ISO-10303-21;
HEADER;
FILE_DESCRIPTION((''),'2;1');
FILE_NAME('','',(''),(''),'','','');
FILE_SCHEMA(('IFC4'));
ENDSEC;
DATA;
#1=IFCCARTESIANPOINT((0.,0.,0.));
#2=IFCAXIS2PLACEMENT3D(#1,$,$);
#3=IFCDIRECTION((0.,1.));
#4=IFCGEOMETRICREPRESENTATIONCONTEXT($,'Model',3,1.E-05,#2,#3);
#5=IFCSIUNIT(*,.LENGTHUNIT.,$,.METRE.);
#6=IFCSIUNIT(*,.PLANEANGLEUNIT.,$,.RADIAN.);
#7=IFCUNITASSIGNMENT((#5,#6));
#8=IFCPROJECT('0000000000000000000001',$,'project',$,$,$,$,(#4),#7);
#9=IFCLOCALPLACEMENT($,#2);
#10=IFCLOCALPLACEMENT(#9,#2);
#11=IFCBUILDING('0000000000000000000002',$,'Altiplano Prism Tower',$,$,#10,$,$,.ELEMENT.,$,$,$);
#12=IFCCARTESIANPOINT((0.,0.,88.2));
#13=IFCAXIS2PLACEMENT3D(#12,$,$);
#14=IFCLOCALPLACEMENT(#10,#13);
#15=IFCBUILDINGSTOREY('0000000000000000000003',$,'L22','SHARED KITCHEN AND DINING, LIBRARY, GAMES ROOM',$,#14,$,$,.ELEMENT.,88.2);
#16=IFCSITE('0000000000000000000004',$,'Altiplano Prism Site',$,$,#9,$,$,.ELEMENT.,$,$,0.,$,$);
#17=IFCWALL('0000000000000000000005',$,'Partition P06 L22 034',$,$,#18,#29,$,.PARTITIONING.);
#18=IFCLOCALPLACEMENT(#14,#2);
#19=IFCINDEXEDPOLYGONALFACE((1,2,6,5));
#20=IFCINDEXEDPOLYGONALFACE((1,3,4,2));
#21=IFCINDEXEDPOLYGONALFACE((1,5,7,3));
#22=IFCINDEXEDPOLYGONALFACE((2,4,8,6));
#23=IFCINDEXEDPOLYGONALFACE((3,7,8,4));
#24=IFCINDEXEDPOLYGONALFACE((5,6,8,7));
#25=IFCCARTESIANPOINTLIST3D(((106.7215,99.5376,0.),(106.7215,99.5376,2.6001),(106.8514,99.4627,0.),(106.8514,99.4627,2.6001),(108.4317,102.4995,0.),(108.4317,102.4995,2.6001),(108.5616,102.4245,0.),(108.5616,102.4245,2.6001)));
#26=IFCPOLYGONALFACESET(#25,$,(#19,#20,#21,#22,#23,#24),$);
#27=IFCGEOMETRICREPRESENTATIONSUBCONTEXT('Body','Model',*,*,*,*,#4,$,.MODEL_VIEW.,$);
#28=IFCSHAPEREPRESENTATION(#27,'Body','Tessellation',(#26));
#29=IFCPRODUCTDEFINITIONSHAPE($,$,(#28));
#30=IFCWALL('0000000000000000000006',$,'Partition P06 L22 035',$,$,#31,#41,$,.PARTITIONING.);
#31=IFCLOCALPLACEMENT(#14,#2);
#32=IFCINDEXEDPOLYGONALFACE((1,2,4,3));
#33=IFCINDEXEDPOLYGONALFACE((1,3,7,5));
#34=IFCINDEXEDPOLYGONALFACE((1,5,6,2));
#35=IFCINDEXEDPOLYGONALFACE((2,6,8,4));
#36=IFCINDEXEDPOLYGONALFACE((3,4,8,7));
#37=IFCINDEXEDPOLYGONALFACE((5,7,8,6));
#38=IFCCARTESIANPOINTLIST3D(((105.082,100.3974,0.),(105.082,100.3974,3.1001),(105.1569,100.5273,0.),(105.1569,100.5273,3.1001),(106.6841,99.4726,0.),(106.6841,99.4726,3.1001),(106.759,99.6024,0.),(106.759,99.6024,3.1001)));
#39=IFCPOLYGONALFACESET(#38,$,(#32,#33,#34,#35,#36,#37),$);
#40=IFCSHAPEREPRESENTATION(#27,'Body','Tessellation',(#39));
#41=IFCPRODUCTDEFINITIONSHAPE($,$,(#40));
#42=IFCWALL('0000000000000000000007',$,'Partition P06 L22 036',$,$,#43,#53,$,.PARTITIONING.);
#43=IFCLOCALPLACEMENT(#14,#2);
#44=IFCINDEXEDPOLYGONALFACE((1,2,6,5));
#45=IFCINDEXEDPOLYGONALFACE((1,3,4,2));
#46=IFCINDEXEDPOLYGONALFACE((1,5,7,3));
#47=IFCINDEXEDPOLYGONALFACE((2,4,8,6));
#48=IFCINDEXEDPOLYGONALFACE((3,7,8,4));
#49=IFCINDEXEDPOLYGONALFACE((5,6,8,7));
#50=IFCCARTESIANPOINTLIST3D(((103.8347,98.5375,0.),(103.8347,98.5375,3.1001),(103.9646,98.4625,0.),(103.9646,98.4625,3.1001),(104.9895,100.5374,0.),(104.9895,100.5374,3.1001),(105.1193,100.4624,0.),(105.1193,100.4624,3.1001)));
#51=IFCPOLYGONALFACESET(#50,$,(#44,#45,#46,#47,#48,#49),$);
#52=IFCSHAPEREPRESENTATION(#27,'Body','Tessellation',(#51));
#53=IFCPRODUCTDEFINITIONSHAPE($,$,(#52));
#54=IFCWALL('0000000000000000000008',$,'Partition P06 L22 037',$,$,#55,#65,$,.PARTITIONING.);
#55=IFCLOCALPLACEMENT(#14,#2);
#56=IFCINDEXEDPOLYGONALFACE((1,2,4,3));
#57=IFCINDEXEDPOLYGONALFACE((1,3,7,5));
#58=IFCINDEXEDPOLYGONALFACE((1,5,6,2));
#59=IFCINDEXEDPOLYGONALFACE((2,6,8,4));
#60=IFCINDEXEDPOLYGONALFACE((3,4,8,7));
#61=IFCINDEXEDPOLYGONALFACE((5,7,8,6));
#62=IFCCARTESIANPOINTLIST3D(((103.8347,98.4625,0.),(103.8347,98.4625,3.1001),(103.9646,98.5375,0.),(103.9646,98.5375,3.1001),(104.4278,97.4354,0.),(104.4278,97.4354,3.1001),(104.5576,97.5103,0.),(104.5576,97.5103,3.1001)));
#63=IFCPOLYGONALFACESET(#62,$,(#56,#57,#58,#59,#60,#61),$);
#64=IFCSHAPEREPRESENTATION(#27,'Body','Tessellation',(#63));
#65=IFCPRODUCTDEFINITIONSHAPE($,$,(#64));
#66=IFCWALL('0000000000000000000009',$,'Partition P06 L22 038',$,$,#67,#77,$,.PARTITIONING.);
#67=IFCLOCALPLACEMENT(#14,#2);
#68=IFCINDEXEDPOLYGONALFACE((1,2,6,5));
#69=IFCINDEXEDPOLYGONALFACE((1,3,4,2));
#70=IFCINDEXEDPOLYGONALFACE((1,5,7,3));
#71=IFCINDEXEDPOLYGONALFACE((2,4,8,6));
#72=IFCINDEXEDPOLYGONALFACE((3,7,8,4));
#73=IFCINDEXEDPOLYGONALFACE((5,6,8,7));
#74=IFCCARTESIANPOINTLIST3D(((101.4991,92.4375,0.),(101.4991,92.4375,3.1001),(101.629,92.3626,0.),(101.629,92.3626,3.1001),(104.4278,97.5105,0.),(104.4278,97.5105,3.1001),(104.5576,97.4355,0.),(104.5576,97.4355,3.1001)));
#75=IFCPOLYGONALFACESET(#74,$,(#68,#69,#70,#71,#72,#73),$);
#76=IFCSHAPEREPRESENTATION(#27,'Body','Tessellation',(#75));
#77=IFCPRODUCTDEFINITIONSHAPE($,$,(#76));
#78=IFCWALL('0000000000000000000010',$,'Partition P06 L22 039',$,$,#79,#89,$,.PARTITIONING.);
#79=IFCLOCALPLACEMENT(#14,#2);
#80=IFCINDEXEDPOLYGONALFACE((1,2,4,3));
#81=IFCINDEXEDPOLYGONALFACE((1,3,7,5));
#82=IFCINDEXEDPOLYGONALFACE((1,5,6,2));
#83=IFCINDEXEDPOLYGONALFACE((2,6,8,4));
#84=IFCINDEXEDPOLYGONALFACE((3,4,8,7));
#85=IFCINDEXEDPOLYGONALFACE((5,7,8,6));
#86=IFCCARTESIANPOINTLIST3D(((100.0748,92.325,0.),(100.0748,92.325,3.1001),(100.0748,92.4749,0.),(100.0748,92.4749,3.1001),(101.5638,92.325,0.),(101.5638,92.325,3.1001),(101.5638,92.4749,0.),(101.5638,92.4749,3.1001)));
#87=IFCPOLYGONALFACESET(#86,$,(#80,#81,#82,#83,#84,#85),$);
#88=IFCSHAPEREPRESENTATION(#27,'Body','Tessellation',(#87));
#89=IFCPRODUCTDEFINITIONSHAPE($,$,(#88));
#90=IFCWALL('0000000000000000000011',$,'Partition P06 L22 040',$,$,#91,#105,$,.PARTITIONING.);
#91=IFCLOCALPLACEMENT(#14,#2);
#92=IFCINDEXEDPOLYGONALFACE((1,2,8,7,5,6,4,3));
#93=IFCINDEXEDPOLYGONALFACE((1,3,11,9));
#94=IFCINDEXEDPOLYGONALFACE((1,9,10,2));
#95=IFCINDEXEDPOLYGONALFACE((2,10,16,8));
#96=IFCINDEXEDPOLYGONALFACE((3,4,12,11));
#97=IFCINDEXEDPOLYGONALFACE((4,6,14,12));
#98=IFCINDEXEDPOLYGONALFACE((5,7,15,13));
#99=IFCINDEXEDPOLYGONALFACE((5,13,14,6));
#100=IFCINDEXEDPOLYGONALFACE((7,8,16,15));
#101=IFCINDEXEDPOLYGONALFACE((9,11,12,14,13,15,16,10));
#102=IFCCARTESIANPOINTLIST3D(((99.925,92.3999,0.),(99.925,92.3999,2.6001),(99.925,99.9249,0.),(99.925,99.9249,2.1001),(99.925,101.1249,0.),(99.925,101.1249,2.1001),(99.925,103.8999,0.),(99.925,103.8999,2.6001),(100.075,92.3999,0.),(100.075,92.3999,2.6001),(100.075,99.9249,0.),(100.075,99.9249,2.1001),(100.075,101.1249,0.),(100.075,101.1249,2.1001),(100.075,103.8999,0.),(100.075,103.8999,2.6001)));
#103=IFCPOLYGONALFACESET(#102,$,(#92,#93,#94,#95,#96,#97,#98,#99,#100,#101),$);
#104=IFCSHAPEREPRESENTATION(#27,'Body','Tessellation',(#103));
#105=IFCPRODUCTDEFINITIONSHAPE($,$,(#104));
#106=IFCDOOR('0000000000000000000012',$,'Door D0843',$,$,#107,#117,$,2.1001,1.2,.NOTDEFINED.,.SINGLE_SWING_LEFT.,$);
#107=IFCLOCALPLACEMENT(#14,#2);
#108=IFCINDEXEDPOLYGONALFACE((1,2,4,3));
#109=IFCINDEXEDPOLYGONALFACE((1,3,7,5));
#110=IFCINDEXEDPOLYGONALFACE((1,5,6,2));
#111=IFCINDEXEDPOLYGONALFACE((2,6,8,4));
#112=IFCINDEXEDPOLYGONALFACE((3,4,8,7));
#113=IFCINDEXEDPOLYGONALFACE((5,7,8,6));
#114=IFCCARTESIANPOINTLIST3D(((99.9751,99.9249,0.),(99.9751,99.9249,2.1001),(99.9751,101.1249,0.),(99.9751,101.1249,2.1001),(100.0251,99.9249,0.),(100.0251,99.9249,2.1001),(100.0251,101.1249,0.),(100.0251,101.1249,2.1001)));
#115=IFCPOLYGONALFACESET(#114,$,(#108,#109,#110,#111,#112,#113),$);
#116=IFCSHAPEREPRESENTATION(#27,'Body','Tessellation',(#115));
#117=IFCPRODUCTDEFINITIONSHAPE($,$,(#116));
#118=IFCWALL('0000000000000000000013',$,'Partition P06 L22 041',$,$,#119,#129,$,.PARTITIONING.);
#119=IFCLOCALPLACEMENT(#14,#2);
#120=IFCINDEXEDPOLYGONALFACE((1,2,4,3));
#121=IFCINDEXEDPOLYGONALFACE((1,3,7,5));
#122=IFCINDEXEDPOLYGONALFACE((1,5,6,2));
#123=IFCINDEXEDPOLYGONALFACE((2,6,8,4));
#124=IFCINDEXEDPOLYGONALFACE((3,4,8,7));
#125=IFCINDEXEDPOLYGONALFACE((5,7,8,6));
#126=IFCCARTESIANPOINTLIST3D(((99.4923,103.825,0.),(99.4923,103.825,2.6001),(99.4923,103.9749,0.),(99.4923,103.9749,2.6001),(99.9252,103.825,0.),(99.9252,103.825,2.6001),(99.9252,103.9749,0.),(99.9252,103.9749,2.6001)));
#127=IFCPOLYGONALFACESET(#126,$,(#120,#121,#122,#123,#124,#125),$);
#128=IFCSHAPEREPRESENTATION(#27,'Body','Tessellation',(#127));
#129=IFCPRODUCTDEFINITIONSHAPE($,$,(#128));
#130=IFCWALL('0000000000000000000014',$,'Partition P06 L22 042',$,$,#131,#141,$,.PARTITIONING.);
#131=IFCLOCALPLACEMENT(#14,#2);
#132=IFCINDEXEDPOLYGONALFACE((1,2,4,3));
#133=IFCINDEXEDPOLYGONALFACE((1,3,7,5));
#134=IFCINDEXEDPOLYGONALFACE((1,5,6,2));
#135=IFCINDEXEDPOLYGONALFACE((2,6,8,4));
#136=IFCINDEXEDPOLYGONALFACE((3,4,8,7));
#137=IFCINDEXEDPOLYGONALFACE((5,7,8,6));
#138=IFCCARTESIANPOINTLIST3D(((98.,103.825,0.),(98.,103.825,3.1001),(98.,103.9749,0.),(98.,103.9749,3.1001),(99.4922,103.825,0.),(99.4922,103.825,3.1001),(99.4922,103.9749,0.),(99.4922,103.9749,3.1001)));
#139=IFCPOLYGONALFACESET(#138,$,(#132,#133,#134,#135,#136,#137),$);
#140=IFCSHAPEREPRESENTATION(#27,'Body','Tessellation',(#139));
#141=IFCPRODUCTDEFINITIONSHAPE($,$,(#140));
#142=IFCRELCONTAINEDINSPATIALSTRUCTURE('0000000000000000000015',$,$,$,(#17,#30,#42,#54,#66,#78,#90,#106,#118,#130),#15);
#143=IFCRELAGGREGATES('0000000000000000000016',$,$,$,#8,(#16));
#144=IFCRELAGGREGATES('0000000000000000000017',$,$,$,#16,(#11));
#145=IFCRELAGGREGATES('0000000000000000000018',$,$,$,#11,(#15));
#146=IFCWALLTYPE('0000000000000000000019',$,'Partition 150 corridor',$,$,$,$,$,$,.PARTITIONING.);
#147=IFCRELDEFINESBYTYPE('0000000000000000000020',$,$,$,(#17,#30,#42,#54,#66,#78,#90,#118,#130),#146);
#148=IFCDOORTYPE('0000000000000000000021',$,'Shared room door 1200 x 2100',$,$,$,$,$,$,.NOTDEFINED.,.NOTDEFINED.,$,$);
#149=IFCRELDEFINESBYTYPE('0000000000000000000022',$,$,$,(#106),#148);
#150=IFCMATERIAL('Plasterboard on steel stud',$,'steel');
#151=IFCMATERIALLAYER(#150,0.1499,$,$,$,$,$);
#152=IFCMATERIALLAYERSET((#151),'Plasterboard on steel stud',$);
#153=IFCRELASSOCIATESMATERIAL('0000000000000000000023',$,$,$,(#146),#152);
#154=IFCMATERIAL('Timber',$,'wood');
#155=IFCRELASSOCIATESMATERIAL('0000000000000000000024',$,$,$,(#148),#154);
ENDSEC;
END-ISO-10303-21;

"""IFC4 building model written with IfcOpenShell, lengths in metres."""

from ifc_helpers import new_model, si_unit, direction, frame, frame_2d, origin, place, context, subcontext, project, spatial, rectangle, extrude, material, layer, layer_set, type_object, element, fill, save


model = new_model("IFC4")

# Units and contexts
model_context = context("Model", 3, precision=1e-05, world=origin(), true_north=direction((0.0, 1.0)))
body_context = subcontext(model_context, "Body", "Model", "MODEL_VIEW")
ifc_project = project(units=[si_unit("LENGTHUNIT", "METRE"), si_unit("PLANEANGLEUNIT", "RADIAN")], contexts=[model_context])

# Site, building, storey
site_placement = place(None, origin())
site = spatial("IfcSite", under=ifc_project, at=site_placement, Name="Altiplano Prism Site", CompositionType="ELEMENT", RefElevation=0.0)
building_placement = place(site_placement, origin())
building = spatial("IfcBuilding", under=site, at=building_placement, Name="Altiplano Prism Tower", CompositionType="ELEMENT")
storey_placement = place(building_placement, frame((0.0, 0.0, 88.2)))
storey = spatial("IfcBuildingStorey", under=building, at=storey_placement, Name="L22", Description="SHARED KITCHEN AND DINING, LIBRARY, GAMES ROOM", CompositionType="ELEMENT", Elevation=88.2)

# Shared definitions
ifc_material_1 = material(Name="Plasterboard on steel stud", Category="steel")
ifc_layer_1 = layer(ifc_material_1, 0.1499)
ifc_layer_set_1 = layer_set([ifc_layer_1], Name="Plasterboard on steel stud")
wall_type_1 = type_object("IfcWallType", Name="Partition 150 corridor", PredefinedType="PARTITIONING", material=ifc_layer_set_1)

# Shared definitions
ifc_material_2 = material(Name="Timber", Category="wood")
door_type = type_object("IfcDoorType", Name="Shared room door 1200 x 2100", OperationType="NOTDEFINED", PredefinedType="NOTDEFINED", material=ifc_material_2)

# Walls
wall_1_placement = place(storey_placement, frame((108.4966, 102.4619, 0.0), z_axis=(0.0, 0.0, 1.0), x_axis=(-0.500031, -0.866007, 0.0)))
element("IfcWall", 1, at=wall_1_placement, inside=storey, type_object=wall_type_1, Name="Partition P06 L22 034", PredefinedType="PARTITIONING", context=body_context, shape_type="SweptSolid", body=[
    extrude(rectangle(XDim=3.4202, YDim=0.1499, at=frame_2d((1.71, 0.0))), origin(), (0.0, 0.0, 1.0), 2.6001),
])
wall_2_placement = place(storey_placement, frame((106.7214, 99.5376, 0.0), z_axis=(0.0, 0.0, 1.0), x_axis=(-0.866058, 0.499943, 0.0)))
element("IfcWall", 2, at=wall_2_placement, inside=storey, type_object=wall_type_1, Name="Partition P06 L22 035", PredefinedType="PARTITIONING", context=body_context, shape_type="SweptSolid", body=[
    extrude(rectangle(XDim=1.8499, YDim=0.1499, at=frame_2d((0.9248, 0.0))), origin(), (0.0, 0.0, 1.0), 3.1001),
])
wall_3_placement = place(storey_placement, frame((105.0544, 100.5, 0.0), z_axis=(0.0, 0.0, 1.0), x_axis=(-0.500027, -0.86601, 0.0)))
element("IfcWall", 3, at=wall_3_placement, inside=storey, type_object=wall_type_1, Name="Partition P06 L22 036", PredefinedType="PARTITIONING", context=body_context, shape_type="SweptSolid", body=[
    extrude(rectangle(XDim=2.3093, YDim=0.1499, at=frame_2d((1.1548, 0.0))), origin(), (0.0, 0.0, 1.0), 3.1001),
])
wall_4_placement = place(storey_placement, frame((103.8997, 98.5, 0.0), z_axis=(0.0, 0.0, 1.0), x_axis=(0.500013, -0.866018, 0.0)))
element("IfcWall", 4, at=wall_4_placement, inside=storey, type_object=wall_type_1, Name="Partition P06 L22 037", PredefinedType="PARTITIONING", context=body_context, shape_type="SweptSolid", body=[
    extrude(rectangle(XDim=1.186, YDim=0.1499, at=frame_2d((0.593, 0.0))), origin(), (0.0, 0.0, 1.0), 3.1001),
])
wall_5_placement = place(storey_placement, frame((104.4927, 97.4729, 0.0), z_axis=(0.0, 0.0, 1.0), x_axis=(-0.499976, -0.866039, 0.0)))
element("IfcWall", 5, at=wall_5_placement, inside=storey, type_object=wall_type_1, Name="Partition P06 L22 038", PredefinedType="PARTITIONING", context=body_context, shape_type="SweptSolid", body=[
    extrude(rectangle(XDim=5.8577, YDim=0.1499, at=frame_2d((2.9287, 0.0))), origin(), (0.0, 0.0, 1.0), 3.1001),
])
wall_6_placement = place(storey_placement, frame((101.564, 92.3999, 0.0), z_axis=(0.0, 0.0, 1.0), x_axis=(-1.0, 0.0, 0.0)))
element("IfcWall", 6, at=wall_6_placement, inside=storey, type_object=wall_type_1, Name="Partition P06 L22 039", PredefinedType="PARTITIONING", context=body_context, shape_type="SweptSolid", body=[
    extrude(rectangle(XDim=1.489, YDim=0.1499, at=frame_2d((0.7446, 0.0))), origin(), (0.0, 0.0, 1.0), 3.1001),
])

# Wall, opening, door
wall_7_placement = place(storey_placement, frame((100.0, 92.3999, 0.0), z_axis=(0.0, 0.0, 1.0), x_axis=(0.0, 1.0, 0.0)))
wall_7 = element("IfcWall", 7, at=wall_7_placement, inside=storey, type_object=wall_type_1, Name="Partition P06 L22 040", PredefinedType="PARTITIONING", context=body_context, shape_type="SweptSolid", body=[
    extrude(rectangle(XDim=11.5, YDim=0.1499, at=frame_2d((5.75, 0.0))), origin(), (0.0, 0.0, 1.0), 2.6001),
])
opening_1_placement = place(wall_7_placement, frame((7.5249, 0.0, 0.0)))
opening_1 = element("IfcOpeningElement", 8, at=opening_1_placement, cuts=wall_7, PredefinedType="OPENING", context=body_context, shape_type="SweptSolid", body=[
    extrude(rectangle(XDim=1.2, YDim=2.1001, at=frame_2d((0.6001, 1.05))), frame((0.0, 0.0854, 0.0), z_axis=(0.0, -1.0, 0.0), x_axis=(1.0, 0.0, 0.0)), (0.0, 0.0, 1.0), 0.1709),
])
door_1_placement = place(opening_1_placement, origin())
door_1 = element("IfcDoor", 9, at=door_1_placement, inside=storey, type_object=door_type, Name="Door D0843", OperationType="SINGLE_SWING_LEFT", OverallHeight=2.1001, OverallWidth=1.2, PredefinedType="NOTDEFINED", context=body_context, shape_type="SweptSolid", body=[
    extrude(rectangle(XDim=1.2, YDim=2.1001, at=frame_2d((0.6001, 1.05))), frame((0.0, 0.0249, 0.0), z_axis=(0.0, -1.0, 0.0), x_axis=(1.0, 0.0, 0.0)), (0.0, 0.0, 1.0), 0.05),
])
fill(opening_1, door_1)

# Walls
wall_8_placement = place(storey_placement, frame((99.925, 103.8999, 0.0), z_axis=(0.0, 0.0, 1.0), x_axis=(-1.0, 0.0, 0.0)))
element("IfcWall", 10, at=wall_8_placement, inside=storey, type_object=wall_type_1, Name="Partition P06 L22 041", PredefinedType="PARTITIONING", context=body_context, shape_type="SweptSolid", body=[
    extrude(rectangle(XDim=0.4329, YDim=0.1499, at=frame_2d((0.2163, 0.0))), origin(), (0.0, 0.0, 1.0), 2.6001),
])
wall_9_placement = place(storey_placement, frame((99.4922, 103.8999, 0.0), z_axis=(0.0, 0.0, 1.0), x_axis=(-1.0, 0.0, 0.0)))
element("IfcWall", 11, at=wall_9_placement, inside=storey, type_object=wall_type_1, Name="Partition P06 L22 042", PredefinedType="PARTITIONING", context=body_context, shape_type="SweptSolid", body=[
    extrude(rectangle(XDim=1.4922, YDim=0.1499, at=frame_2d((0.7461, 0.0))), origin(), (0.0, 0.0, 1.0), 3.1001),
])

save(model, "model.ifc")
